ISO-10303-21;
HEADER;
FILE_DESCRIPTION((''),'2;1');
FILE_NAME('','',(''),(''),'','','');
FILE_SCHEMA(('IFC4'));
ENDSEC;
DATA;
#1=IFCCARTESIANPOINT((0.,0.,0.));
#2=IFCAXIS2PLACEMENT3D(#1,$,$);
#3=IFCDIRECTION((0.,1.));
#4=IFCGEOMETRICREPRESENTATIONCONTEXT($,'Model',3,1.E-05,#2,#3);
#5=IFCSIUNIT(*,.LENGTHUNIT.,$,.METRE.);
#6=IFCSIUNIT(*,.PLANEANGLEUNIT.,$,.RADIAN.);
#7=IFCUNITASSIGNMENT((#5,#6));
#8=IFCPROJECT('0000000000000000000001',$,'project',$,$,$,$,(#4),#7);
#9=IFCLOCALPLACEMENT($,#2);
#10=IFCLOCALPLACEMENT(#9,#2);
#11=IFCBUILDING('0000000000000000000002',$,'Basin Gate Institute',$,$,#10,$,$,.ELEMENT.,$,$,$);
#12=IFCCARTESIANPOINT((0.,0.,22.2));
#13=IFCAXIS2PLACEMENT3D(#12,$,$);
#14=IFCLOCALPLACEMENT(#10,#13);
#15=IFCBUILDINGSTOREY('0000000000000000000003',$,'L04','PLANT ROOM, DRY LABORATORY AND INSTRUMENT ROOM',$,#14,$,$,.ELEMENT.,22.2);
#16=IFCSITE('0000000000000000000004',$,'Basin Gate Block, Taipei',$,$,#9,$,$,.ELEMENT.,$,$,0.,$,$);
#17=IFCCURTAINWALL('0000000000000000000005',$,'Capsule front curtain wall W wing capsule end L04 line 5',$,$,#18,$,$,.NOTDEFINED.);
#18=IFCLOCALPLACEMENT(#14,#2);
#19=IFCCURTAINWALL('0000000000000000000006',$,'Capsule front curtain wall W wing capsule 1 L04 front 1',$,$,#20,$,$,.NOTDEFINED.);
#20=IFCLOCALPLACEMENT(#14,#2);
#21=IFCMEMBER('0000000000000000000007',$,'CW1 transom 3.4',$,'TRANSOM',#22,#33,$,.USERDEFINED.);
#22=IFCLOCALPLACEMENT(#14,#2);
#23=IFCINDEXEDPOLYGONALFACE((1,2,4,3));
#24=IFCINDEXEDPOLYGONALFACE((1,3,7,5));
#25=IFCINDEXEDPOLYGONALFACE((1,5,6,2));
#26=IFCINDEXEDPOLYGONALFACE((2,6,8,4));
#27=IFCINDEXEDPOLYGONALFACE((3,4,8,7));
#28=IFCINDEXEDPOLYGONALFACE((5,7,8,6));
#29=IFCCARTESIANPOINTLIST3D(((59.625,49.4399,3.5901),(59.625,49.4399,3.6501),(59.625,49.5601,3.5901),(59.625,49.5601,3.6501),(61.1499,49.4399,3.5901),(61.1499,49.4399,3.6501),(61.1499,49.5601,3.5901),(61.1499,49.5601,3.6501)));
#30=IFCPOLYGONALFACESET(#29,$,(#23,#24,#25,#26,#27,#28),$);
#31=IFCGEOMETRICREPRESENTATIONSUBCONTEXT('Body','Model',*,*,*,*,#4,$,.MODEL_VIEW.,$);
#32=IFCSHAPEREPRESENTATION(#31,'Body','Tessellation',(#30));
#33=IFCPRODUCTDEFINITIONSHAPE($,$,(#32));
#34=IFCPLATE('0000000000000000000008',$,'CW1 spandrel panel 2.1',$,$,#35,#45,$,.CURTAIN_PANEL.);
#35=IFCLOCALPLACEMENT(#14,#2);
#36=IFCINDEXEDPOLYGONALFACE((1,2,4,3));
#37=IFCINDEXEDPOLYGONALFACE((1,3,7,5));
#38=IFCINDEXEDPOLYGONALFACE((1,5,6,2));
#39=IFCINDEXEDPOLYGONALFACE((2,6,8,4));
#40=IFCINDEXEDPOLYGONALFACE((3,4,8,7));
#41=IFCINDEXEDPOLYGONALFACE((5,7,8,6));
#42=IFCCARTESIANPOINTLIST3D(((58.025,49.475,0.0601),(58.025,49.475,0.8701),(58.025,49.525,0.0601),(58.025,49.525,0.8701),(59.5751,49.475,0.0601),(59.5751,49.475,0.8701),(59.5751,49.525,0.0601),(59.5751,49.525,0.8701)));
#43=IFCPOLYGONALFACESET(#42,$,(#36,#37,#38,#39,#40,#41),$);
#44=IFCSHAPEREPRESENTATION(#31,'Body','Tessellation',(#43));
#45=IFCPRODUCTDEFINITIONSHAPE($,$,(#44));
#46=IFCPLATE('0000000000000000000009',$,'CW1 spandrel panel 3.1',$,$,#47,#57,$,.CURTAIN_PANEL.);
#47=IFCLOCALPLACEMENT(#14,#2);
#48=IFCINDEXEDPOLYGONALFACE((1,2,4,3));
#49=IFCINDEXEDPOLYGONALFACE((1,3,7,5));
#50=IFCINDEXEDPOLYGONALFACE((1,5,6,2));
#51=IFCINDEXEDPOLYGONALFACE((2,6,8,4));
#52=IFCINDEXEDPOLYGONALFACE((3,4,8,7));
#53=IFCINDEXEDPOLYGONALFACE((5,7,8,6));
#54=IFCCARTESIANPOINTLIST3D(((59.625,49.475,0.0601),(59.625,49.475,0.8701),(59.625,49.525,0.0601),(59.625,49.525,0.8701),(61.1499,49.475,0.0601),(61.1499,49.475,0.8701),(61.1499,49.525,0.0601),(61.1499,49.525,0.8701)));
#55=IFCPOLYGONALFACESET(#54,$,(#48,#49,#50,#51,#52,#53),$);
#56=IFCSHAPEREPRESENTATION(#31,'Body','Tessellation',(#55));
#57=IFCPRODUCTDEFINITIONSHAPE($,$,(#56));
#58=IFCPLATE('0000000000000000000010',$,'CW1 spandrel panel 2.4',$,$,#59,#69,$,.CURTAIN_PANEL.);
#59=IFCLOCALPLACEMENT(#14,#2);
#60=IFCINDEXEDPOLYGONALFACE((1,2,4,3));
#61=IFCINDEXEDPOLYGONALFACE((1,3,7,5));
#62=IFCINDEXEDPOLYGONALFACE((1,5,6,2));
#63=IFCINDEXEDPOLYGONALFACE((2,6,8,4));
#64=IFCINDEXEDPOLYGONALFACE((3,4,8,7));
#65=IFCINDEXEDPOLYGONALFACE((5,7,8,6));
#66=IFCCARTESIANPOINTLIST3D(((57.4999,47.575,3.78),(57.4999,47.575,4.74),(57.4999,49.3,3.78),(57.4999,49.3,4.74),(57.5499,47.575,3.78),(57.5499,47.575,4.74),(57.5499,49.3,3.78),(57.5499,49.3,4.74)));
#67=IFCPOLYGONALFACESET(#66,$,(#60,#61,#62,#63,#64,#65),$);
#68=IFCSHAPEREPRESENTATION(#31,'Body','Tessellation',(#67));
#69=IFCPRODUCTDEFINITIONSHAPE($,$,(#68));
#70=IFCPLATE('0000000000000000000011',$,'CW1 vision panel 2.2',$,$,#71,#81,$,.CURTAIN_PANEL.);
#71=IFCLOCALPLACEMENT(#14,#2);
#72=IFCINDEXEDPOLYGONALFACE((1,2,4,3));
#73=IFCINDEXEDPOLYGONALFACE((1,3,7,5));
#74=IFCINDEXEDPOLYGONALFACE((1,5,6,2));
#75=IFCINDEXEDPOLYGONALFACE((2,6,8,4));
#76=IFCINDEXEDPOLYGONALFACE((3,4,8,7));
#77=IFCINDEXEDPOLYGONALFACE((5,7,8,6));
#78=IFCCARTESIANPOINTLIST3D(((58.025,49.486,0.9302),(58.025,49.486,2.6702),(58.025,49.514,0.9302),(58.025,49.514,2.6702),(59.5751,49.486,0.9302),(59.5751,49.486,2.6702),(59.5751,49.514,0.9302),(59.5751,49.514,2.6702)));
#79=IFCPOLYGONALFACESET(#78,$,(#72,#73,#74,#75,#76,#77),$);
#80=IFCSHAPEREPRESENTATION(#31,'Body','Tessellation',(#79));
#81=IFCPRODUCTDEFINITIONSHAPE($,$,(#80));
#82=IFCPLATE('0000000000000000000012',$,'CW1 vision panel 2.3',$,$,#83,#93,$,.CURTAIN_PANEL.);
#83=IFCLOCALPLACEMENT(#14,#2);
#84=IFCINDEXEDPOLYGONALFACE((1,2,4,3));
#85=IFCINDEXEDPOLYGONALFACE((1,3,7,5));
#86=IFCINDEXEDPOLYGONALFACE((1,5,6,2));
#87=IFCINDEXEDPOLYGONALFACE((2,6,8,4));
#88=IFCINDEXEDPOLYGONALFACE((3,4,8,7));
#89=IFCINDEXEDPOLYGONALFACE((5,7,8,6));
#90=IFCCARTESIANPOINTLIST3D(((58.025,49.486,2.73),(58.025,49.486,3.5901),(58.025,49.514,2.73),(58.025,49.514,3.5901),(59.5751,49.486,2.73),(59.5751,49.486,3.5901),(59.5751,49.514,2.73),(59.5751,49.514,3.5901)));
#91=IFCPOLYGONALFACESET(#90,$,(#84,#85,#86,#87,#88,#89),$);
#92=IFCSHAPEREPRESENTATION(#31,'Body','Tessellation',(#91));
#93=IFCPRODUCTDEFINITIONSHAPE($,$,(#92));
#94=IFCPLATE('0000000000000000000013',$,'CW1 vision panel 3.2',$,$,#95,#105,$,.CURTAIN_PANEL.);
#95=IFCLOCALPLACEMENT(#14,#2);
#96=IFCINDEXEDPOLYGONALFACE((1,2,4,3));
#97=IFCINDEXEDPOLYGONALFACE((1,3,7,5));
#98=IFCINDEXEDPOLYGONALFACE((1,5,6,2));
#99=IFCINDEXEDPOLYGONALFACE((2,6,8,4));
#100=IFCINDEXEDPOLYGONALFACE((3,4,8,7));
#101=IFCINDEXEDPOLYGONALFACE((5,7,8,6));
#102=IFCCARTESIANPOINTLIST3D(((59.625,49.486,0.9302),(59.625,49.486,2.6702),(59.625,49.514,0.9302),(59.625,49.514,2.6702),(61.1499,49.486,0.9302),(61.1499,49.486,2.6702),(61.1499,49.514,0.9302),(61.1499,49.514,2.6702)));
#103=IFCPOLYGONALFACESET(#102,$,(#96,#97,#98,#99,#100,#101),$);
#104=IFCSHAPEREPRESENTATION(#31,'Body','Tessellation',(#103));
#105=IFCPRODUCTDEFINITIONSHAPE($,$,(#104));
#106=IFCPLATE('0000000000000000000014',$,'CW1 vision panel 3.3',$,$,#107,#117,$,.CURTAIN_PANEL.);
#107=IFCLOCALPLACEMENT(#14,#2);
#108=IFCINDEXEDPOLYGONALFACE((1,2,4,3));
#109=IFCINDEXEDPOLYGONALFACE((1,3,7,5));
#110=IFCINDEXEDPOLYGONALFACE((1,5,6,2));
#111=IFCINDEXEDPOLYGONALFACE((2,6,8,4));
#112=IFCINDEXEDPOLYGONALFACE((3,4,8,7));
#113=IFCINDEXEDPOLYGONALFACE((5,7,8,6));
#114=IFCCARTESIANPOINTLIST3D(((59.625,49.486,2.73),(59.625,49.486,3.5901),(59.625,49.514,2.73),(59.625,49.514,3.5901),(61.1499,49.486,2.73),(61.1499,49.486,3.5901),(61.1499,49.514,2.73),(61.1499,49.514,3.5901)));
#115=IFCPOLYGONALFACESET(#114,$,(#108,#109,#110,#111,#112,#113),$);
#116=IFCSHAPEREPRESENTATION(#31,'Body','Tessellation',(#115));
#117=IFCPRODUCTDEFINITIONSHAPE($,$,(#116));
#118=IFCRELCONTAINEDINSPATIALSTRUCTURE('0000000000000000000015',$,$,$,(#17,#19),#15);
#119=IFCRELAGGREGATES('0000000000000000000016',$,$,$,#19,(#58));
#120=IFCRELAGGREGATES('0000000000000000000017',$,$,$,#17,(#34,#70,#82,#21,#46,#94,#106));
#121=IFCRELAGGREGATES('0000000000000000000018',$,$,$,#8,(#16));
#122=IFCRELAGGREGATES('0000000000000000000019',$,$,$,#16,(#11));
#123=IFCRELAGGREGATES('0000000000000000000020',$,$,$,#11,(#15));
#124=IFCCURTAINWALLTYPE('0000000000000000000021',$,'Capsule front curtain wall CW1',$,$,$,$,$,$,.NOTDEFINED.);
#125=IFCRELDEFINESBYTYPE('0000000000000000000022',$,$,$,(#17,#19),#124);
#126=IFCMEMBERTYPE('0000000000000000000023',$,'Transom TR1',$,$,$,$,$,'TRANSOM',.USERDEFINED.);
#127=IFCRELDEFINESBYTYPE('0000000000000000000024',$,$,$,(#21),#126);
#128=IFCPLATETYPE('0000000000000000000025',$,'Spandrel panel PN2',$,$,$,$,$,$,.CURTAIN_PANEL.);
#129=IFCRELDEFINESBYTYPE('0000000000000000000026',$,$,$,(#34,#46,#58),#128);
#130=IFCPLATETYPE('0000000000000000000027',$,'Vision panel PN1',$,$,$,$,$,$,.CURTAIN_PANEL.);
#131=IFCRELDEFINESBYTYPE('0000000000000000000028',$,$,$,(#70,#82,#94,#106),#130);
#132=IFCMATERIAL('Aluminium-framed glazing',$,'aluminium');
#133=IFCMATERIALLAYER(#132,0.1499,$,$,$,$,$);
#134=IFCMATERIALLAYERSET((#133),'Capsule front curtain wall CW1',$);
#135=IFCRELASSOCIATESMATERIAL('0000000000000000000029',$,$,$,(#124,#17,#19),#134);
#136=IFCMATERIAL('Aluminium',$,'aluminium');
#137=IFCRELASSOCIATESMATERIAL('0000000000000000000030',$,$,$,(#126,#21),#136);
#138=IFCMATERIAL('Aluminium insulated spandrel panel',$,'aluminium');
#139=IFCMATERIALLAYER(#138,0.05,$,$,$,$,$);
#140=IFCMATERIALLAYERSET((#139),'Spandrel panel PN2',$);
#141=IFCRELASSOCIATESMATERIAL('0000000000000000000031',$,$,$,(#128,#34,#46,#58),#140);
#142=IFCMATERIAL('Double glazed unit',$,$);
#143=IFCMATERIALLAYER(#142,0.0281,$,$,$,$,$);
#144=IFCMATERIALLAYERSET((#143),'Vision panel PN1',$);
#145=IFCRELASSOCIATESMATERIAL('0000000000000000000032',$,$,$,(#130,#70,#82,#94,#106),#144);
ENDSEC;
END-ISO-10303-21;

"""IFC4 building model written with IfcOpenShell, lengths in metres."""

from ifc_helpers import new_model, si_unit, direction, frame, origin, origin_2d, place, context, subcontext, project, spatial, rectangle, extrude, material, layer, layer_set, material_profile, profile_set, type_object, element, aggregate, save


model = new_model("IFC4")

# Units and contexts
model_context = context("Model", 3, precision=1e-05, world=origin(), true_north=direction((0.0, 1.0)))
body_context = subcontext(model_context, "Body", "Model", "MODEL_VIEW")
ifc_project = project(units=[si_unit("LENGTHUNIT", "METRE"), si_unit("PLANEANGLEUNIT", "RADIAN")], contexts=[model_context])

# Site, building, storey
site_placement = place(None, origin())
site = spatial("IfcSite", under=ifc_project, at=site_placement, Name="Basin Gate Block, Taipei", CompositionType="ELEMENT", RefElevation=0.0)
building_placement = place(site_placement, origin())
building = spatial("IfcBuilding", under=site, at=building_placement, Name="Basin Gate Institute", CompositionType="ELEMENT")
storey_placement = place(building_placement, frame((0.0, 0.0, 22.2)))
storey = spatial("IfcBuildingStorey", under=building, at=storey_placement, Name="L04", Description="PLANT ROOM, DRY LABORATORY AND INSTRUMENT ROOM", CompositionType="ELEMENT", Elevation=22.2)

# Shared definitions
ifc_material_1 = material(Name="Aluminium-framed glazing", Category="aluminium")
ifc_layer_1 = layer(ifc_material_1, 0.1499)
ifc_layer_set_1 = layer_set([ifc_layer_1], Name="Capsule front curtain wall CW1")
curtain_wall_type = type_object("IfcCurtainWallType", Name="Capsule front curtain wall CW1", PredefinedType="NOTDEFINED", material=ifc_layer_set_1)

# Curtain wall
curtain_wall_1_placement = place(storey_placement, origin())
curtain_wall_1 = element("IfcCurtainWall", 1, at=curtain_wall_1_placement, inside=storey, type_object=curtain_wall_type, material=ifc_layer_set_1, Name="Capsule front curtain wall W wing capsule end L04 line 5", PredefinedType="NOTDEFINED")

# Curtain wall
curtain_wall_2_placement = place(storey_placement, origin())
curtain_wall_2 = element("IfcCurtainWall", 2, at=curtain_wall_2_placement, inside=storey, type_object=curtain_wall_type, material=ifc_layer_set_1, Name="Capsule front curtain wall W wing capsule 1 L04 front 1", PredefinedType="NOTDEFINED")

# Member
ifc_material_2 = material(Name="Aluminium", Category="aluminium")
ifc_material_profile_1 = material_profile(ifc_material_2, rectangle(XDim=0.1201, YDim=0.0601, at=origin_2d()), Name="Transom TR1 120 x 60")
ifc_profile_set_1 = profile_set([ifc_material_profile_1], Name="Aluminium")
member_type_1 = type_object("IfcMemberType", Name="Transom TR1", ElementType="TRANSOM", PredefinedType="USERDEFINED", material=ifc_profile_set_1)
member_1_placement = place(storey_placement, frame((59.625, 49.5, 3.6201), z_axis=(1.0, 0.0, 0.0), x_axis=(0.0, 1.0, 0.0)))
member_1 = element("IfcMember", 3, at=member_1_placement, type_object=member_type_1, material=ifc_profile_set_1, Name="CW1 transom 3.4", ObjectType="TRANSOM", PredefinedType="USERDEFINED", context=body_context, shape_type="SweptSolid", body=[
    extrude(rectangle(XDim=0.1201, YDim=0.0601, at=origin_2d()), origin(), (0.0, 0.0, 1.0), 1.5249),
])

# Plates
ifc_material_3 = material(Name="Aluminium insulated spandrel panel", Category="aluminium")
ifc_layer_2 = layer(ifc_material_3, 0.05)
ifc_layer_set_2 = layer_set([ifc_layer_2], Name="Spandrel panel PN2")
plate_type_1 = type_object("IfcPlateType", Name="Spandrel panel PN2", PredefinedType="CURTAIN_PANEL", material=ifc_layer_set_2)
plate_1_placement = place(storey_placement, frame((58.8, 49.5, 0.0601), z_axis=(0.0, 0.0, 1.0), x_axis=(1.0, 0.0, 0.0)))
plate_1 = element("IfcPlate", 4, at=plate_1_placement, type_object=plate_type_1, material=ifc_layer_set_2, Name="CW1 spandrel panel 2.1", PredefinedType="CURTAIN_PANEL", context=body_context, shape_type="SweptSolid", body=[
    extrude(rectangle(XDim=1.55, YDim=0.05, at=origin_2d()), origin(), (0.0, 0.0, 1.0), 0.8101),
])
plate_2_placement = place(storey_placement, frame((60.3875, 49.5, 0.0601), z_axis=(0.0, 0.0, 1.0), x_axis=(1.0, 0.0, 0.0)))
plate_2 = element("IfcPlate", 5, at=plate_2_placement, type_object=plate_type_1, material=ifc_layer_set_2, Name="CW1 spandrel panel 3.1", PredefinedType="CURTAIN_PANEL", context=body_context, shape_type="SweptSolid", body=[
    extrude(rectangle(XDim=1.5249, YDim=0.05, at=origin_2d()), origin(), (0.0, 0.0, 1.0), 0.8101),
])
plate_3_placement = place(storey_placement, frame((57.5249, 48.4375, 3.78), z_axis=(0.0, 0.0, 1.0), x_axis=(0.0, 1.0, 0.0)))
plate_3 = element("IfcPlate", 6, at=plate_3_placement, type_object=plate_type_1, material=ifc_layer_set_2, Name="CW1 spandrel panel 2.4", PredefinedType="CURTAIN_PANEL", context=body_context, shape_type="SweptSolid", body=[
    extrude(rectangle(XDim=1.7251, YDim=0.05, at=origin_2d()), origin(), (0.0, 0.0, 1.0), 0.96),
])
aggregate(curtain_wall_2, [plate_3])
ifc_material_4 = material(Name="Double glazed unit")
ifc_layer_3 = layer(ifc_material_4, 0.0281)
ifc_layer_set_3 = layer_set([ifc_layer_3], Name="Vision panel PN1")
plate_type_2 = type_object("IfcPlateType", Name="Vision panel PN1", PredefinedType="CURTAIN_PANEL", material=ifc_layer_set_3)
plate_4_placement = place(storey_placement, frame((58.8, 49.5, 0.9302), z_axis=(0.0, 0.0, 1.0), x_axis=(1.0, 0.0, 0.0)))
plate_4 = element("IfcPlate", 7, at=plate_4_placement, type_object=plate_type_2, material=ifc_layer_set_3, Name="CW1 vision panel 2.2", PredefinedType="CURTAIN_PANEL", context=body_context, shape_type="SweptSolid", body=[
    extrude(rectangle(XDim=1.55, YDim=0.0281, at=origin_2d()), origin(), (0.0, 0.0, 1.0), 1.74),
])
plate_5_placement = place(storey_placement, frame((58.8, 49.5, 2.73), z_axis=(0.0, 0.0, 1.0), x_axis=(1.0, 0.0, 0.0)))
plate_5 = element("IfcPlate", 8, at=plate_5_placement, type_object=plate_type_2, material=ifc_layer_set_3, Name="CW1 vision panel 2.3", PredefinedType="CURTAIN_PANEL", context=body_context, shape_type="SweptSolid", body=[
    extrude(rectangle(XDim=1.55, YDim=0.0281, at=origin_2d()), origin(), (0.0, 0.0, 1.0), 0.8601),
])
plate_6_placement = place(storey_placement, frame((60.3875, 49.5, 0.9302), z_axis=(0.0, 0.0, 1.0), x_axis=(1.0, 0.0, 0.0)))
plate_6 = element("IfcPlate", 9, at=plate_6_placement, type_object=plate_type_2, material=ifc_layer_set_3, Name="CW1 vision panel 3.2", PredefinedType="CURTAIN_PANEL", context=body_context, shape_type="SweptSolid", body=[
    extrude(rectangle(XDim=1.5249, YDim=0.0281, at=origin_2d()), origin(), (0.0, 0.0, 1.0), 1.74),
])
plate_7_placement = place(storey_placement, frame((60.3875, 49.5, 2.73), z_axis=(0.0, 0.0, 1.0), x_axis=(1.0, 0.0, 0.0)))
plate_7 = element("IfcPlate", 10, at=plate_7_placement, type_object=plate_type_2, material=ifc_layer_set_3, Name="CW1 vision panel 3.3", PredefinedType="CURTAIN_PANEL", context=body_context, shape_type="SweptSolid", body=[
    extrude(rectangle(XDim=1.5249, YDim=0.0281, at=origin_2d()), origin(), (0.0, 0.0, 1.0), 0.8601),
])
aggregate(curtain_wall_1, [plate_1, plate_4, plate_5, member_1, plate_2, plate_6, plate_7])

save(model, "model.ifc")
